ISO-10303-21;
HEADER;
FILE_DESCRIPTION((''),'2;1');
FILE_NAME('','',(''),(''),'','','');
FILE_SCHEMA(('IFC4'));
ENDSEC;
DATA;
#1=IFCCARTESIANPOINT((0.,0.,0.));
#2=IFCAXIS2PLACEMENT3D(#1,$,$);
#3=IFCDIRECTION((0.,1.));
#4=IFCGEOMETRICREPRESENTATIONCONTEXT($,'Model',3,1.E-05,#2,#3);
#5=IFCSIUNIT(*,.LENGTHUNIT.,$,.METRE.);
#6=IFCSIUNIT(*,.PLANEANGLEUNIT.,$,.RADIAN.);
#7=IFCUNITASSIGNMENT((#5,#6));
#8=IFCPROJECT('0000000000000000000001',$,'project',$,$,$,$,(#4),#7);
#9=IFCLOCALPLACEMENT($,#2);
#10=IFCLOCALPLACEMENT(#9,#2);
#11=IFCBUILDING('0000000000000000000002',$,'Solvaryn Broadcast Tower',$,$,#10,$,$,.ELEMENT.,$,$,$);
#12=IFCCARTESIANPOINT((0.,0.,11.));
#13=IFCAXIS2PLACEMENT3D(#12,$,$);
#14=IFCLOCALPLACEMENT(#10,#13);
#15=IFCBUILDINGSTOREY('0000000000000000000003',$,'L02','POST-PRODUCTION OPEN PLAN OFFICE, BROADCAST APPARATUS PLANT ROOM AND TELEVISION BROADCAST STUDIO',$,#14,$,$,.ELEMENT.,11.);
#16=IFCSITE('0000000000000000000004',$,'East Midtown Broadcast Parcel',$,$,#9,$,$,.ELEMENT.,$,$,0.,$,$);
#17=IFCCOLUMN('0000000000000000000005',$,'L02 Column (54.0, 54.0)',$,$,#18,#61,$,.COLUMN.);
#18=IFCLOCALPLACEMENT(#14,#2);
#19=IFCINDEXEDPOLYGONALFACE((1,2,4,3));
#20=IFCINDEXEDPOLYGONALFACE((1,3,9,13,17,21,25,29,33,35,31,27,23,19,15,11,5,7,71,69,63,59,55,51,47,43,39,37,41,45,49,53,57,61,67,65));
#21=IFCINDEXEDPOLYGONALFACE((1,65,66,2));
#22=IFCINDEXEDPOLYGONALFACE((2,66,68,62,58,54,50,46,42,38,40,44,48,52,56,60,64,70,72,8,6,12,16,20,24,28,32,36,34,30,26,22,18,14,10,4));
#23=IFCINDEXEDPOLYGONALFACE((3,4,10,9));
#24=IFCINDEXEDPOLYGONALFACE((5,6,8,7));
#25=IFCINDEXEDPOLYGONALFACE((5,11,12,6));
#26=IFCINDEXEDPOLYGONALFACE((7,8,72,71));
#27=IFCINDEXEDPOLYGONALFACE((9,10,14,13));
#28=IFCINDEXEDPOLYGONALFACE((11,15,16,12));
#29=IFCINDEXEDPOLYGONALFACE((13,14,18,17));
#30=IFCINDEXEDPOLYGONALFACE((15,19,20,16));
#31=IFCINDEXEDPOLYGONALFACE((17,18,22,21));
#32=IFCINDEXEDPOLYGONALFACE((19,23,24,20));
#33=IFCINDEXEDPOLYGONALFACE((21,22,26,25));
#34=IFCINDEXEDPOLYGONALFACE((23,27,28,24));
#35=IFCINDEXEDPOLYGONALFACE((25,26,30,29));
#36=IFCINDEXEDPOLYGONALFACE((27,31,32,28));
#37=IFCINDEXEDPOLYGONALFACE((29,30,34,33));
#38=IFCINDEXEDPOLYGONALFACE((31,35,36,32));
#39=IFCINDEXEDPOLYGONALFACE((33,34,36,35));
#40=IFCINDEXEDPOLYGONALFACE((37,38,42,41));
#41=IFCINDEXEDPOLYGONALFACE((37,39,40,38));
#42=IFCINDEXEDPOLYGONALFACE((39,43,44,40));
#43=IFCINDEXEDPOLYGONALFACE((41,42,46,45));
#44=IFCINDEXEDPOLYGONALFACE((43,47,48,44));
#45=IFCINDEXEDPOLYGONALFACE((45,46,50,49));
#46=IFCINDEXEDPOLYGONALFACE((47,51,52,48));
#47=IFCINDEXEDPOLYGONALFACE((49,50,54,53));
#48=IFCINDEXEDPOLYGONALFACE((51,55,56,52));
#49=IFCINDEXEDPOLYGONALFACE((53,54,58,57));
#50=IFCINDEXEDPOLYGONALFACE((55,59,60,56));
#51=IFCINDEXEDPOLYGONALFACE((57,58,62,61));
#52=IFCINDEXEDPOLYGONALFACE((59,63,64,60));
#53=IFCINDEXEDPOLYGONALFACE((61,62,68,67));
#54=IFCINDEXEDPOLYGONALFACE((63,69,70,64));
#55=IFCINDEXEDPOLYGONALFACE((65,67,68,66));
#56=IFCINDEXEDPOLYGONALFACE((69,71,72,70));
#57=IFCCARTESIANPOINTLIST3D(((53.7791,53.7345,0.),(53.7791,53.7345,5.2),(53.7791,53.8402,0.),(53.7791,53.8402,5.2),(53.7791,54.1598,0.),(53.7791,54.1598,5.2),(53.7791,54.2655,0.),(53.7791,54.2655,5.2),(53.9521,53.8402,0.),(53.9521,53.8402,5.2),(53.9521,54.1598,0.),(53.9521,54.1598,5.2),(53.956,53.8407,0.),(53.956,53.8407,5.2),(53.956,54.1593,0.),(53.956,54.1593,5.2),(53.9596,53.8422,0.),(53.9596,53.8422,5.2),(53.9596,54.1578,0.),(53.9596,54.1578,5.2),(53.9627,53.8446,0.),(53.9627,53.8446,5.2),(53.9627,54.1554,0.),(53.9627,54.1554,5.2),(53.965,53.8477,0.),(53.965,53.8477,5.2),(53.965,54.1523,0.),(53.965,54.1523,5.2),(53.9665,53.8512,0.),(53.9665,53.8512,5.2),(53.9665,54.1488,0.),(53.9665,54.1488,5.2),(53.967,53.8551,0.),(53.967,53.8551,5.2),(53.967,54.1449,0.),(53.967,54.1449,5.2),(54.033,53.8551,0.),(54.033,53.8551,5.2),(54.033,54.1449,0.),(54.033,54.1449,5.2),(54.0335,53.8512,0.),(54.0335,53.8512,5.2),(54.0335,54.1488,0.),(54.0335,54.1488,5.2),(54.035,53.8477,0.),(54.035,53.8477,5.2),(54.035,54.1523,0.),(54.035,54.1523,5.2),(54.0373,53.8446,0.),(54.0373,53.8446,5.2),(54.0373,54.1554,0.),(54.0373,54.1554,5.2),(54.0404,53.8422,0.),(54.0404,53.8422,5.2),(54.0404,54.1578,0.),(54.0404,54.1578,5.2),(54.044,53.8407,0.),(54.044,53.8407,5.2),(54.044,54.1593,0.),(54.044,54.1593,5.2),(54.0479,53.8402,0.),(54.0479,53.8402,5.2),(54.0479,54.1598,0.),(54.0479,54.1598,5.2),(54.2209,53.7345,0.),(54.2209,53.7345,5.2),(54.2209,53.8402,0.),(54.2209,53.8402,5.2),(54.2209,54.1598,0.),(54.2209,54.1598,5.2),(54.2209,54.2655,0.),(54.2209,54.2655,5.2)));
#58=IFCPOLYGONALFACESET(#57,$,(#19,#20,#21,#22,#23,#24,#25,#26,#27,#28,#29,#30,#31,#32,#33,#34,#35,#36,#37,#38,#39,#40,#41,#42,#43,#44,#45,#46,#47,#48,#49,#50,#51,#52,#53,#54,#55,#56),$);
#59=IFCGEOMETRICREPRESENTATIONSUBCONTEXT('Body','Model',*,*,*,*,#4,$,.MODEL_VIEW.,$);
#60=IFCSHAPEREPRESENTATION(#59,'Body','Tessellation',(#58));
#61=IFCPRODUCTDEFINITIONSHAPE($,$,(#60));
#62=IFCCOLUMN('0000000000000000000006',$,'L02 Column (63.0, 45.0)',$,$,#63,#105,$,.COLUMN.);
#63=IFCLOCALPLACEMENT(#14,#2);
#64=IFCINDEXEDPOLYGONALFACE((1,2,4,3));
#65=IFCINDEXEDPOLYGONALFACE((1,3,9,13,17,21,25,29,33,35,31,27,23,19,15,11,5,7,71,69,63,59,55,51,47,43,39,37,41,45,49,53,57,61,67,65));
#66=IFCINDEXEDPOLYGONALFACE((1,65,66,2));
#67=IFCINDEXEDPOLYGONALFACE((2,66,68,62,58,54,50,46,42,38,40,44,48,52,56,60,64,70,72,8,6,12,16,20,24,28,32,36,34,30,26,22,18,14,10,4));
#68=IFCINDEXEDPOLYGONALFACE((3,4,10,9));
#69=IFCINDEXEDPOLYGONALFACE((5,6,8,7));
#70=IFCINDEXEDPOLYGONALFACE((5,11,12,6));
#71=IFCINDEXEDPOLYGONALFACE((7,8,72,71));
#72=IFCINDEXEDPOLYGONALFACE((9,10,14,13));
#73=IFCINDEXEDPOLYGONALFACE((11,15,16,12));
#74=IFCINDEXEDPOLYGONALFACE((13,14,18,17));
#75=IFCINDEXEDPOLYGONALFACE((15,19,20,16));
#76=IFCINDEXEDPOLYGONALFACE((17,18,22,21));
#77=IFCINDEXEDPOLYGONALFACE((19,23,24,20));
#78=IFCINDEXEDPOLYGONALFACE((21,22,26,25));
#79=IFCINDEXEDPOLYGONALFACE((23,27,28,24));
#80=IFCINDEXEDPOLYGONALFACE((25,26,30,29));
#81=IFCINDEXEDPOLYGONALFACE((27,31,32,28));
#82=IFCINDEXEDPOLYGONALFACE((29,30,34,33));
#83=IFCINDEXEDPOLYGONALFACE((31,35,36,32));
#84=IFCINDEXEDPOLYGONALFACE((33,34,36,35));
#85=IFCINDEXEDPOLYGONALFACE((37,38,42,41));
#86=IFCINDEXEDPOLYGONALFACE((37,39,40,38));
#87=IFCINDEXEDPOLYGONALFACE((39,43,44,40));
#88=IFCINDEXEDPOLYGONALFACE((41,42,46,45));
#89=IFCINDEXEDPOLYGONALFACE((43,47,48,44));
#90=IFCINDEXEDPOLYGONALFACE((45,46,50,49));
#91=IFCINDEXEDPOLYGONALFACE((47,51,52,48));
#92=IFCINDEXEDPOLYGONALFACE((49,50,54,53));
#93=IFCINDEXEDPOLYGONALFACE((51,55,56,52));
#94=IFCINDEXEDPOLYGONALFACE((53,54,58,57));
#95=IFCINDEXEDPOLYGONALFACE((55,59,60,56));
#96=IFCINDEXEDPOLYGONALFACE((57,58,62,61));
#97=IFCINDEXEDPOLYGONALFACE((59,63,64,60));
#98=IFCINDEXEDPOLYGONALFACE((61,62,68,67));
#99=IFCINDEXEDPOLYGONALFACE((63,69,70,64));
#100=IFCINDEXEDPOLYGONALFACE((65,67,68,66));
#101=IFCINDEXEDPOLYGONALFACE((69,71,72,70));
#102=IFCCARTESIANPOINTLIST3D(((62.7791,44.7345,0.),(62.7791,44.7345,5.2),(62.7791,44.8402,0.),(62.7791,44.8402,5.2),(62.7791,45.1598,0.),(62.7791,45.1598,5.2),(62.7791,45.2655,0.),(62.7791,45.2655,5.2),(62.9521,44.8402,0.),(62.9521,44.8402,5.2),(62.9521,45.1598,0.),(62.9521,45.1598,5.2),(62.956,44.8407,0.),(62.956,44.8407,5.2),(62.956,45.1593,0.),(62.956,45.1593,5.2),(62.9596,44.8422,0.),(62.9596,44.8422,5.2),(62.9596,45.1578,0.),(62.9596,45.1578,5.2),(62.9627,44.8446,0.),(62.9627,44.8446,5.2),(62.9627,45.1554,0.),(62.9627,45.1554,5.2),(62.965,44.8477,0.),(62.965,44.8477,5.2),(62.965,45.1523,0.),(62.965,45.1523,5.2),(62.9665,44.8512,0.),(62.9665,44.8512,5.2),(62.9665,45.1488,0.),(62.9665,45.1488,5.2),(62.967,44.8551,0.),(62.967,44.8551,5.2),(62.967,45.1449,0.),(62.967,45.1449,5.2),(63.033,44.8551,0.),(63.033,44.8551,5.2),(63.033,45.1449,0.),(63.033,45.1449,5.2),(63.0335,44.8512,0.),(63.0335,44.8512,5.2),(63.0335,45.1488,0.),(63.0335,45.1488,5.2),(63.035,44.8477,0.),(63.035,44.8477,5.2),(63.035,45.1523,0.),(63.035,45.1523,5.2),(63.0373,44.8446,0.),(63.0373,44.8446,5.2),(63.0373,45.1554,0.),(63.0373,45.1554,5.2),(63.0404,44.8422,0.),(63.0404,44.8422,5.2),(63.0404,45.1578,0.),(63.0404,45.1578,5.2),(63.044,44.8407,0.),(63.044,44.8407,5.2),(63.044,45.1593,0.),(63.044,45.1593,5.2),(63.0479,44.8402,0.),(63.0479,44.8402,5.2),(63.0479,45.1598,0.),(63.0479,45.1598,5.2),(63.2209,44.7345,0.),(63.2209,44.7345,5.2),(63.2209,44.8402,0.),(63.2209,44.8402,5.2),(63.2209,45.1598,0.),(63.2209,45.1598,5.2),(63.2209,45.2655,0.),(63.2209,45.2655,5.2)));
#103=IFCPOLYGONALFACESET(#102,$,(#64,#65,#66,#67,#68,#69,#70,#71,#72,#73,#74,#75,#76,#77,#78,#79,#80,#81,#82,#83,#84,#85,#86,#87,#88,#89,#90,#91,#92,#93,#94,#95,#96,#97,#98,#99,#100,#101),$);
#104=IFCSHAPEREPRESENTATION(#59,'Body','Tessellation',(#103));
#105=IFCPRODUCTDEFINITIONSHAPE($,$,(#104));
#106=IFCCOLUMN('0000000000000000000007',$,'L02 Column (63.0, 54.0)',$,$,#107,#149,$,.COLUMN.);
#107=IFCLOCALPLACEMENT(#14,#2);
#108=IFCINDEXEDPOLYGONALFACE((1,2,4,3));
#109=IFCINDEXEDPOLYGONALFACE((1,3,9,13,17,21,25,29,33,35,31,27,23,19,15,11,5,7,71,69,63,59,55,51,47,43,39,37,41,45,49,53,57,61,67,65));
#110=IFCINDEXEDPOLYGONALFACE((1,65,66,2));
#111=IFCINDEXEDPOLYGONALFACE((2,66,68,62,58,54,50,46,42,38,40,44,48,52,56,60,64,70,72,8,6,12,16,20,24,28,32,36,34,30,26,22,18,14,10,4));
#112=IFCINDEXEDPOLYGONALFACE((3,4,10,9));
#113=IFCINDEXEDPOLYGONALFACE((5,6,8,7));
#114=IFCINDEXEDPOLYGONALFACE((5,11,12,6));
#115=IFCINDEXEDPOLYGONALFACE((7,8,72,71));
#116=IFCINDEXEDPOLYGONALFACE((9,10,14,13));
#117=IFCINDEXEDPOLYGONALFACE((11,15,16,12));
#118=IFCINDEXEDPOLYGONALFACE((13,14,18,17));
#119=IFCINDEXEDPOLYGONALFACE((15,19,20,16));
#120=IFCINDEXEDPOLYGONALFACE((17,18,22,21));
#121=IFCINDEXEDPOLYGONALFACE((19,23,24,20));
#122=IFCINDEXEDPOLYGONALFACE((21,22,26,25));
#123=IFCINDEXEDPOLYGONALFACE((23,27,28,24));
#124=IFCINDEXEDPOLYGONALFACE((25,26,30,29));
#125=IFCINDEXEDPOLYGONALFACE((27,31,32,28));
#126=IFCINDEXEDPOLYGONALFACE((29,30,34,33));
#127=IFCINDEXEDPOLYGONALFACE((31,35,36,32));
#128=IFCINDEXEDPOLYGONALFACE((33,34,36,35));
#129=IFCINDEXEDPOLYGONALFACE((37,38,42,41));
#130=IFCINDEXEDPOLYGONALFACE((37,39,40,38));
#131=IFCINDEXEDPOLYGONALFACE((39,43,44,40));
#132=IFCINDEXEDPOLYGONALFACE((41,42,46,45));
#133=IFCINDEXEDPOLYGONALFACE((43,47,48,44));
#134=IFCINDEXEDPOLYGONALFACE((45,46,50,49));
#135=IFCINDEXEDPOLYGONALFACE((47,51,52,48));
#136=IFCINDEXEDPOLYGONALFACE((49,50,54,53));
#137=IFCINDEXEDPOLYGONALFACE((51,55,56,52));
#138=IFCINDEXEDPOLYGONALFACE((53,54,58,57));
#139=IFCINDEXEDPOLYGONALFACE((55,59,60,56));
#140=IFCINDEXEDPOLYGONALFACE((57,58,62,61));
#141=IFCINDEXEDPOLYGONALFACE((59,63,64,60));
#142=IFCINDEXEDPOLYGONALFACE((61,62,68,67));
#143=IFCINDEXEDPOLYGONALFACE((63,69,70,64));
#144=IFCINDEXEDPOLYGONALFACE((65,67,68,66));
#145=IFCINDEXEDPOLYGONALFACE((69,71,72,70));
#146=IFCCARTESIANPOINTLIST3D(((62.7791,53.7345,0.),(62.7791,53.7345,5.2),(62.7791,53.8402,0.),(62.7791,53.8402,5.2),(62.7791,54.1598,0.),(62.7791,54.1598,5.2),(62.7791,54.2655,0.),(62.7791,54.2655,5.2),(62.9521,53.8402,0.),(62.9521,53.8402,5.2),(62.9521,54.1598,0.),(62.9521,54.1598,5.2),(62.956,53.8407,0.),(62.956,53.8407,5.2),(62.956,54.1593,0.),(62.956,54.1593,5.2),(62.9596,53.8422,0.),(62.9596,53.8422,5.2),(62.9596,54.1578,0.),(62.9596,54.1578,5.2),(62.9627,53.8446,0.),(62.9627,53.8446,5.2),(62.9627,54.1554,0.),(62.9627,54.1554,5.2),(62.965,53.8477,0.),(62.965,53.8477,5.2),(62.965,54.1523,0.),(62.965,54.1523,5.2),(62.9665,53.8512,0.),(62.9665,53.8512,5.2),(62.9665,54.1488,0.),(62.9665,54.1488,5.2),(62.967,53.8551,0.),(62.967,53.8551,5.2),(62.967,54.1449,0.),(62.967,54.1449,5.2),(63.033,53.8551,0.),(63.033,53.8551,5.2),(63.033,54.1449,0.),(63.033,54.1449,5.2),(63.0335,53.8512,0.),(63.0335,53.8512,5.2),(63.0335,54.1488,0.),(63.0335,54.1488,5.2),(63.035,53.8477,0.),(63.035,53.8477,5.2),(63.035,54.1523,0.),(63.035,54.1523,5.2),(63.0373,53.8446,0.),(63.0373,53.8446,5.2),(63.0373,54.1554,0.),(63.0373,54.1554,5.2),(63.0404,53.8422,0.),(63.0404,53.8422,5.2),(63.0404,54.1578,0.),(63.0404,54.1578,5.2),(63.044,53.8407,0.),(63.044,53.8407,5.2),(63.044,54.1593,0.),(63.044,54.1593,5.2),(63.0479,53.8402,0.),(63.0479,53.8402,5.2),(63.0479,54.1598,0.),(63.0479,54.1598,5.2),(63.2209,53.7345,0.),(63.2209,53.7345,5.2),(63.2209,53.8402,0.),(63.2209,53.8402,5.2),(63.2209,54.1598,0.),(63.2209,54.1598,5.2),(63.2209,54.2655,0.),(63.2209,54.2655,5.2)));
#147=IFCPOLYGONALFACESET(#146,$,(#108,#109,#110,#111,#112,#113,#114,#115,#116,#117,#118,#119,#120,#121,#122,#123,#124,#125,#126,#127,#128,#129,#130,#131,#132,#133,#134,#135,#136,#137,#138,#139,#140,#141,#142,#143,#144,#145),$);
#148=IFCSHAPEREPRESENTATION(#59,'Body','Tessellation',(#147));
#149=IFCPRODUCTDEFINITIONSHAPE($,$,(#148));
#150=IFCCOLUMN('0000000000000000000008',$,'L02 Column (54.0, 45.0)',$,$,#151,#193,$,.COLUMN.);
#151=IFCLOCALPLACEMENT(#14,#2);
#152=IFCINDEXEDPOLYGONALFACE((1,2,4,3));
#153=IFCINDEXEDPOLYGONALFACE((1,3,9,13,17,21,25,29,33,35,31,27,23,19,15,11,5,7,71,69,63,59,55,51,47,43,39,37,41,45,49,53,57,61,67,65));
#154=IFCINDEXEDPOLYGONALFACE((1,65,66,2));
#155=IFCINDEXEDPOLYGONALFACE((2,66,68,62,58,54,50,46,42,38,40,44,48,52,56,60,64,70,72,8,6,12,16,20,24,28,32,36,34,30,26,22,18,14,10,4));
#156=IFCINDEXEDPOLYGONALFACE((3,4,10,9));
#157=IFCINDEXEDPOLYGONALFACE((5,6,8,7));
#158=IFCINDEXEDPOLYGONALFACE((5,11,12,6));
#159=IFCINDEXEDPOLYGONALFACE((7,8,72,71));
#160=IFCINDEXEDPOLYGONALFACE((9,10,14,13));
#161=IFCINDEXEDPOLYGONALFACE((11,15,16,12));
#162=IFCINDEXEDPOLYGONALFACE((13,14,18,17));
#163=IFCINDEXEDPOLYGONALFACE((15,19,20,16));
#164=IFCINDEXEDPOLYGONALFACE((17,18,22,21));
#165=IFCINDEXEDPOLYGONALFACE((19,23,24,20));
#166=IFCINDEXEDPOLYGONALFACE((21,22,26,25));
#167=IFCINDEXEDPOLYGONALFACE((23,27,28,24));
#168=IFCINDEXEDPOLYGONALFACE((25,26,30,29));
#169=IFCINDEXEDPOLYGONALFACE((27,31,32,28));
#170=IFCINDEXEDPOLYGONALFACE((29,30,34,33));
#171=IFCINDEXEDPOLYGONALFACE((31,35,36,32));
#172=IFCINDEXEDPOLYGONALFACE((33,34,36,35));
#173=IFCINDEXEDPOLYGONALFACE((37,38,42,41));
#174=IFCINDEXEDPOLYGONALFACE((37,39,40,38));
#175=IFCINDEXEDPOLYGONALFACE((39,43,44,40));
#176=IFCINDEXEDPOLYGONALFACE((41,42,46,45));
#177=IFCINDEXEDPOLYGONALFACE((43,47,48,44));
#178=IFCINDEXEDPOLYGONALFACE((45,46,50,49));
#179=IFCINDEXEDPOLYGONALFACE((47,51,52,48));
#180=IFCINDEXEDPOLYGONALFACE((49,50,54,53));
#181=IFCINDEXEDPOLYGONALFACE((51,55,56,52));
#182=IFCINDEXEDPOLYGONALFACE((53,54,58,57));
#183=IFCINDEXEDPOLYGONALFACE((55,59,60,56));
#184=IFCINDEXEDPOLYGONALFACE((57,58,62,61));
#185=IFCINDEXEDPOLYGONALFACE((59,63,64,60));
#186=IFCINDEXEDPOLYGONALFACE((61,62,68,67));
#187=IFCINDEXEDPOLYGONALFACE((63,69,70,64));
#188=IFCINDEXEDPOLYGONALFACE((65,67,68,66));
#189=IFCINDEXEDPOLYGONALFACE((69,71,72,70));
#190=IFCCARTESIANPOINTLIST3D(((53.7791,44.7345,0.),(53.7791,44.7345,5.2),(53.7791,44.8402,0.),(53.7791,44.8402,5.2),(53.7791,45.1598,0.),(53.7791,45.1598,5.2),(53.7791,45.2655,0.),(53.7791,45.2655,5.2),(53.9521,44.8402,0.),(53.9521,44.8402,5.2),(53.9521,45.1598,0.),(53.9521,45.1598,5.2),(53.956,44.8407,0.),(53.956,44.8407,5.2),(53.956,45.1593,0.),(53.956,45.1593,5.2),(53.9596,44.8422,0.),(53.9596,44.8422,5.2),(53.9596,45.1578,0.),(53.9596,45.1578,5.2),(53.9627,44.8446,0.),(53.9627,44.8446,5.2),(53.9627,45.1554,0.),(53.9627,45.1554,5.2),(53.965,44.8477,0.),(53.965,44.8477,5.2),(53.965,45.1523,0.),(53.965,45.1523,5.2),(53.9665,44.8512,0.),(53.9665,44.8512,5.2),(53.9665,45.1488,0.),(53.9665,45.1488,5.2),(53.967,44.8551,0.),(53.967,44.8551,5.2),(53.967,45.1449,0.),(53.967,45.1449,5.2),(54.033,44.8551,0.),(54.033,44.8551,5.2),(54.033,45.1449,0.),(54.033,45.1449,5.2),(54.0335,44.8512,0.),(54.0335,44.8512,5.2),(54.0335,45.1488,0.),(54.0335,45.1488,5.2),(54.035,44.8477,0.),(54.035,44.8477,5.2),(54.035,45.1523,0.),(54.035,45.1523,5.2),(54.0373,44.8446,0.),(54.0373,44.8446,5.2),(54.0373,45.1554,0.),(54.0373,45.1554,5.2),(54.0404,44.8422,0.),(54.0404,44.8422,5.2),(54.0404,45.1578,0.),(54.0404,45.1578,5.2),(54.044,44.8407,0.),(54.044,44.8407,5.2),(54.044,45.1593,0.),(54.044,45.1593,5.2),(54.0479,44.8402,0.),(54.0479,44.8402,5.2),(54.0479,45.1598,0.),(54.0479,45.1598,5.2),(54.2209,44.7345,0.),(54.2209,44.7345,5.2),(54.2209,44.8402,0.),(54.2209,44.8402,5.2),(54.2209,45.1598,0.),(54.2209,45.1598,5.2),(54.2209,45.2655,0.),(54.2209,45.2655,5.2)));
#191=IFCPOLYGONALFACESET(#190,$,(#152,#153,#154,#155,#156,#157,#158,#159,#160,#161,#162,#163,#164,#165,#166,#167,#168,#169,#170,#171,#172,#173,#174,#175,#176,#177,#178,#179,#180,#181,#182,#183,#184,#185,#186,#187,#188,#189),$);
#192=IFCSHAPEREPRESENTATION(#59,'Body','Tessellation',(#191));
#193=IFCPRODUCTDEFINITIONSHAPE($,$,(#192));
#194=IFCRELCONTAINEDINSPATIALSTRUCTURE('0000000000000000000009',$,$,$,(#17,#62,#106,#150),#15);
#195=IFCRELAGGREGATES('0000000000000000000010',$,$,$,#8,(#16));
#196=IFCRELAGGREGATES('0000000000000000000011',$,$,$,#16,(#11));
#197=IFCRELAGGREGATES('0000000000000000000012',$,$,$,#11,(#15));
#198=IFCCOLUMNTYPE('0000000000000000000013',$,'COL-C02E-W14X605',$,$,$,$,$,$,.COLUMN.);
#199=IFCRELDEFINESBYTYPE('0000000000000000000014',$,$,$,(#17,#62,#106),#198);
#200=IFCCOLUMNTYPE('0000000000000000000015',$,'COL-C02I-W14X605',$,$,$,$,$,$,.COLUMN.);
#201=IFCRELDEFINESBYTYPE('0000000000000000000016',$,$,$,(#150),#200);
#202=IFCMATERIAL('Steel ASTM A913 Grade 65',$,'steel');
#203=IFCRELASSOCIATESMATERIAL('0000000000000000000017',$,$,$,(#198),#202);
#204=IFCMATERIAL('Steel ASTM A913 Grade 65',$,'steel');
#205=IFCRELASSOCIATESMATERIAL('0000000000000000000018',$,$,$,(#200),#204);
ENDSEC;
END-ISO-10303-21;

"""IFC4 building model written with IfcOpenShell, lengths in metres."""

from ifc_helpers import new_model, si_unit, direction, frame, origin, origin_2d, place, context, subcontext, project, spatial, i_section, extrude, material, material_profile, profile_set, type_object, element, save


model = new_model("IFC4")

# Units and contexts
model_context = context("Model", 3, precision=1e-05, world=origin(), true_north=direction((0.0, 1.0)))
body_context = subcontext(model_context, "Body", "Model", "MODEL_VIEW")
ifc_project = project(units=[si_unit("LENGTHUNIT", "METRE"), si_unit("PLANEANGLEUNIT", "RADIAN")], contexts=[model_context])

# Site, building, storey
site_placement = place(None, origin())
site = spatial("IfcSite", under=ifc_project, at=site_placement, Name="East Midtown Broadcast Parcel", CompositionType="ELEMENT", RefElevation=0.0)
building_placement = place(site_placement, origin())
building = spatial("IfcBuilding", under=site, at=building_placement, Name="Solvaryn Broadcast Tower", CompositionType="ELEMENT")
storey_placement = place(building_placement, frame((0.0, 0.0, 11.0)))
storey = spatial("IfcBuildingStorey", under=building, at=storey_placement, Name="L02", Description="POST-PRODUCTION OPEN PLAN OFFICE, BROADCAST APPARATUS PLANT ROOM AND TELEVISION BROADCAST STUDIO", CompositionType="ELEMENT", Elevation=11.0)

# Columns
ifc_material_1 = material(Name="Steel ASTM A913 Grade 65", Category="steel")
ifc_material_profile_1 = material_profile(ifc_material_1, i_section(OverallWidth=0.4419, OverallDepth=0.531, WebThickness=0.0659, FlangeThickness=0.1057, FilletRadius=0.0149, at=origin_2d()))
ifc_profile_set_1 = profile_set([ifc_material_profile_1], Name="Steel ASTM A913 Grade 65")
column_type_1 = type_object("IfcColumnType", Name="COL-C02E-W14X605", PredefinedType="COLUMN", material=ifc_profile_set_1)
for number, where, z_axis, x_axis, name in (
    (1, (54.0, 54.0, 0.0), (0.0, 0.0, 1.0), (1.0, 0.0, 0.0), "L02 Column (54.0, 54.0)"),
    (2, (63.0, 45.0, 0.0), (0.0, 0.0, 1.0), (1.0, 0.0, 0.0), "L02 Column (63.0, 45.0)"),
    (3, (63.0, 54.0, 0.0), (0.0, 0.0, 1.0), (1.0, 0.0, 0.0), "L02 Column (63.0, 54.0)"),
):
    element("IfcColumn", number, at=place(storey_placement, frame(where, z_axis=z_axis, x_axis=x_axis)), inside=storey, type_object=column_type_1, Name=name, PredefinedType="COLUMN", context=body_context, shape_type="SweptSolid", body=[
        extrude(i_section(OverallWidth=0.4419, OverallDepth=0.531, WebThickness=0.0659, FlangeThickness=0.1057, FilletRadius=0.0149, at=origin_2d()), origin(), (0.0, 0.0, 1.0), 5.2),
    ])
ifc_material_2 = material(Name="Steel ASTM A913 Grade 65", Category="steel")
ifc_material_profile_2 = material_profile(ifc_material_2, i_section(OverallWidth=0.4419, OverallDepth=0.531, WebThickness=0.0659, FlangeThickness=0.1057, FilletRadius=0.0149, at=origin_2d()))
ifc_profile_set_2 = profile_set([ifc_material_profile_2], Name="Steel ASTM A913 Grade 65")
column_type_2 = type_object("IfcColumnType", Name="COL-C02I-W14X605", PredefinedType="COLUMN", material=ifc_profile_set_2)
column_placement = place(storey_placement, frame((54.0, 45.0, 0.0), z_axis=(0.0, 0.0, 1.0), x_axis=(1.0, 0.0, 0.0)))
element("IfcColumn", 4, at=column_placement, inside=storey, type_object=column_type_2, Name="L02 Column (54.0, 45.0)", PredefinedType="COLUMN", context=body_context, shape_type="SweptSolid", body=[
    extrude(i_section(OverallWidth=0.4419, OverallDepth=0.531, WebThickness=0.0659, FlangeThickness=0.1057, FilletRadius=0.0149, at=origin_2d()), origin(), (0.0, 0.0, 1.0), 5.2),
])

save(model, "model.ifc")
